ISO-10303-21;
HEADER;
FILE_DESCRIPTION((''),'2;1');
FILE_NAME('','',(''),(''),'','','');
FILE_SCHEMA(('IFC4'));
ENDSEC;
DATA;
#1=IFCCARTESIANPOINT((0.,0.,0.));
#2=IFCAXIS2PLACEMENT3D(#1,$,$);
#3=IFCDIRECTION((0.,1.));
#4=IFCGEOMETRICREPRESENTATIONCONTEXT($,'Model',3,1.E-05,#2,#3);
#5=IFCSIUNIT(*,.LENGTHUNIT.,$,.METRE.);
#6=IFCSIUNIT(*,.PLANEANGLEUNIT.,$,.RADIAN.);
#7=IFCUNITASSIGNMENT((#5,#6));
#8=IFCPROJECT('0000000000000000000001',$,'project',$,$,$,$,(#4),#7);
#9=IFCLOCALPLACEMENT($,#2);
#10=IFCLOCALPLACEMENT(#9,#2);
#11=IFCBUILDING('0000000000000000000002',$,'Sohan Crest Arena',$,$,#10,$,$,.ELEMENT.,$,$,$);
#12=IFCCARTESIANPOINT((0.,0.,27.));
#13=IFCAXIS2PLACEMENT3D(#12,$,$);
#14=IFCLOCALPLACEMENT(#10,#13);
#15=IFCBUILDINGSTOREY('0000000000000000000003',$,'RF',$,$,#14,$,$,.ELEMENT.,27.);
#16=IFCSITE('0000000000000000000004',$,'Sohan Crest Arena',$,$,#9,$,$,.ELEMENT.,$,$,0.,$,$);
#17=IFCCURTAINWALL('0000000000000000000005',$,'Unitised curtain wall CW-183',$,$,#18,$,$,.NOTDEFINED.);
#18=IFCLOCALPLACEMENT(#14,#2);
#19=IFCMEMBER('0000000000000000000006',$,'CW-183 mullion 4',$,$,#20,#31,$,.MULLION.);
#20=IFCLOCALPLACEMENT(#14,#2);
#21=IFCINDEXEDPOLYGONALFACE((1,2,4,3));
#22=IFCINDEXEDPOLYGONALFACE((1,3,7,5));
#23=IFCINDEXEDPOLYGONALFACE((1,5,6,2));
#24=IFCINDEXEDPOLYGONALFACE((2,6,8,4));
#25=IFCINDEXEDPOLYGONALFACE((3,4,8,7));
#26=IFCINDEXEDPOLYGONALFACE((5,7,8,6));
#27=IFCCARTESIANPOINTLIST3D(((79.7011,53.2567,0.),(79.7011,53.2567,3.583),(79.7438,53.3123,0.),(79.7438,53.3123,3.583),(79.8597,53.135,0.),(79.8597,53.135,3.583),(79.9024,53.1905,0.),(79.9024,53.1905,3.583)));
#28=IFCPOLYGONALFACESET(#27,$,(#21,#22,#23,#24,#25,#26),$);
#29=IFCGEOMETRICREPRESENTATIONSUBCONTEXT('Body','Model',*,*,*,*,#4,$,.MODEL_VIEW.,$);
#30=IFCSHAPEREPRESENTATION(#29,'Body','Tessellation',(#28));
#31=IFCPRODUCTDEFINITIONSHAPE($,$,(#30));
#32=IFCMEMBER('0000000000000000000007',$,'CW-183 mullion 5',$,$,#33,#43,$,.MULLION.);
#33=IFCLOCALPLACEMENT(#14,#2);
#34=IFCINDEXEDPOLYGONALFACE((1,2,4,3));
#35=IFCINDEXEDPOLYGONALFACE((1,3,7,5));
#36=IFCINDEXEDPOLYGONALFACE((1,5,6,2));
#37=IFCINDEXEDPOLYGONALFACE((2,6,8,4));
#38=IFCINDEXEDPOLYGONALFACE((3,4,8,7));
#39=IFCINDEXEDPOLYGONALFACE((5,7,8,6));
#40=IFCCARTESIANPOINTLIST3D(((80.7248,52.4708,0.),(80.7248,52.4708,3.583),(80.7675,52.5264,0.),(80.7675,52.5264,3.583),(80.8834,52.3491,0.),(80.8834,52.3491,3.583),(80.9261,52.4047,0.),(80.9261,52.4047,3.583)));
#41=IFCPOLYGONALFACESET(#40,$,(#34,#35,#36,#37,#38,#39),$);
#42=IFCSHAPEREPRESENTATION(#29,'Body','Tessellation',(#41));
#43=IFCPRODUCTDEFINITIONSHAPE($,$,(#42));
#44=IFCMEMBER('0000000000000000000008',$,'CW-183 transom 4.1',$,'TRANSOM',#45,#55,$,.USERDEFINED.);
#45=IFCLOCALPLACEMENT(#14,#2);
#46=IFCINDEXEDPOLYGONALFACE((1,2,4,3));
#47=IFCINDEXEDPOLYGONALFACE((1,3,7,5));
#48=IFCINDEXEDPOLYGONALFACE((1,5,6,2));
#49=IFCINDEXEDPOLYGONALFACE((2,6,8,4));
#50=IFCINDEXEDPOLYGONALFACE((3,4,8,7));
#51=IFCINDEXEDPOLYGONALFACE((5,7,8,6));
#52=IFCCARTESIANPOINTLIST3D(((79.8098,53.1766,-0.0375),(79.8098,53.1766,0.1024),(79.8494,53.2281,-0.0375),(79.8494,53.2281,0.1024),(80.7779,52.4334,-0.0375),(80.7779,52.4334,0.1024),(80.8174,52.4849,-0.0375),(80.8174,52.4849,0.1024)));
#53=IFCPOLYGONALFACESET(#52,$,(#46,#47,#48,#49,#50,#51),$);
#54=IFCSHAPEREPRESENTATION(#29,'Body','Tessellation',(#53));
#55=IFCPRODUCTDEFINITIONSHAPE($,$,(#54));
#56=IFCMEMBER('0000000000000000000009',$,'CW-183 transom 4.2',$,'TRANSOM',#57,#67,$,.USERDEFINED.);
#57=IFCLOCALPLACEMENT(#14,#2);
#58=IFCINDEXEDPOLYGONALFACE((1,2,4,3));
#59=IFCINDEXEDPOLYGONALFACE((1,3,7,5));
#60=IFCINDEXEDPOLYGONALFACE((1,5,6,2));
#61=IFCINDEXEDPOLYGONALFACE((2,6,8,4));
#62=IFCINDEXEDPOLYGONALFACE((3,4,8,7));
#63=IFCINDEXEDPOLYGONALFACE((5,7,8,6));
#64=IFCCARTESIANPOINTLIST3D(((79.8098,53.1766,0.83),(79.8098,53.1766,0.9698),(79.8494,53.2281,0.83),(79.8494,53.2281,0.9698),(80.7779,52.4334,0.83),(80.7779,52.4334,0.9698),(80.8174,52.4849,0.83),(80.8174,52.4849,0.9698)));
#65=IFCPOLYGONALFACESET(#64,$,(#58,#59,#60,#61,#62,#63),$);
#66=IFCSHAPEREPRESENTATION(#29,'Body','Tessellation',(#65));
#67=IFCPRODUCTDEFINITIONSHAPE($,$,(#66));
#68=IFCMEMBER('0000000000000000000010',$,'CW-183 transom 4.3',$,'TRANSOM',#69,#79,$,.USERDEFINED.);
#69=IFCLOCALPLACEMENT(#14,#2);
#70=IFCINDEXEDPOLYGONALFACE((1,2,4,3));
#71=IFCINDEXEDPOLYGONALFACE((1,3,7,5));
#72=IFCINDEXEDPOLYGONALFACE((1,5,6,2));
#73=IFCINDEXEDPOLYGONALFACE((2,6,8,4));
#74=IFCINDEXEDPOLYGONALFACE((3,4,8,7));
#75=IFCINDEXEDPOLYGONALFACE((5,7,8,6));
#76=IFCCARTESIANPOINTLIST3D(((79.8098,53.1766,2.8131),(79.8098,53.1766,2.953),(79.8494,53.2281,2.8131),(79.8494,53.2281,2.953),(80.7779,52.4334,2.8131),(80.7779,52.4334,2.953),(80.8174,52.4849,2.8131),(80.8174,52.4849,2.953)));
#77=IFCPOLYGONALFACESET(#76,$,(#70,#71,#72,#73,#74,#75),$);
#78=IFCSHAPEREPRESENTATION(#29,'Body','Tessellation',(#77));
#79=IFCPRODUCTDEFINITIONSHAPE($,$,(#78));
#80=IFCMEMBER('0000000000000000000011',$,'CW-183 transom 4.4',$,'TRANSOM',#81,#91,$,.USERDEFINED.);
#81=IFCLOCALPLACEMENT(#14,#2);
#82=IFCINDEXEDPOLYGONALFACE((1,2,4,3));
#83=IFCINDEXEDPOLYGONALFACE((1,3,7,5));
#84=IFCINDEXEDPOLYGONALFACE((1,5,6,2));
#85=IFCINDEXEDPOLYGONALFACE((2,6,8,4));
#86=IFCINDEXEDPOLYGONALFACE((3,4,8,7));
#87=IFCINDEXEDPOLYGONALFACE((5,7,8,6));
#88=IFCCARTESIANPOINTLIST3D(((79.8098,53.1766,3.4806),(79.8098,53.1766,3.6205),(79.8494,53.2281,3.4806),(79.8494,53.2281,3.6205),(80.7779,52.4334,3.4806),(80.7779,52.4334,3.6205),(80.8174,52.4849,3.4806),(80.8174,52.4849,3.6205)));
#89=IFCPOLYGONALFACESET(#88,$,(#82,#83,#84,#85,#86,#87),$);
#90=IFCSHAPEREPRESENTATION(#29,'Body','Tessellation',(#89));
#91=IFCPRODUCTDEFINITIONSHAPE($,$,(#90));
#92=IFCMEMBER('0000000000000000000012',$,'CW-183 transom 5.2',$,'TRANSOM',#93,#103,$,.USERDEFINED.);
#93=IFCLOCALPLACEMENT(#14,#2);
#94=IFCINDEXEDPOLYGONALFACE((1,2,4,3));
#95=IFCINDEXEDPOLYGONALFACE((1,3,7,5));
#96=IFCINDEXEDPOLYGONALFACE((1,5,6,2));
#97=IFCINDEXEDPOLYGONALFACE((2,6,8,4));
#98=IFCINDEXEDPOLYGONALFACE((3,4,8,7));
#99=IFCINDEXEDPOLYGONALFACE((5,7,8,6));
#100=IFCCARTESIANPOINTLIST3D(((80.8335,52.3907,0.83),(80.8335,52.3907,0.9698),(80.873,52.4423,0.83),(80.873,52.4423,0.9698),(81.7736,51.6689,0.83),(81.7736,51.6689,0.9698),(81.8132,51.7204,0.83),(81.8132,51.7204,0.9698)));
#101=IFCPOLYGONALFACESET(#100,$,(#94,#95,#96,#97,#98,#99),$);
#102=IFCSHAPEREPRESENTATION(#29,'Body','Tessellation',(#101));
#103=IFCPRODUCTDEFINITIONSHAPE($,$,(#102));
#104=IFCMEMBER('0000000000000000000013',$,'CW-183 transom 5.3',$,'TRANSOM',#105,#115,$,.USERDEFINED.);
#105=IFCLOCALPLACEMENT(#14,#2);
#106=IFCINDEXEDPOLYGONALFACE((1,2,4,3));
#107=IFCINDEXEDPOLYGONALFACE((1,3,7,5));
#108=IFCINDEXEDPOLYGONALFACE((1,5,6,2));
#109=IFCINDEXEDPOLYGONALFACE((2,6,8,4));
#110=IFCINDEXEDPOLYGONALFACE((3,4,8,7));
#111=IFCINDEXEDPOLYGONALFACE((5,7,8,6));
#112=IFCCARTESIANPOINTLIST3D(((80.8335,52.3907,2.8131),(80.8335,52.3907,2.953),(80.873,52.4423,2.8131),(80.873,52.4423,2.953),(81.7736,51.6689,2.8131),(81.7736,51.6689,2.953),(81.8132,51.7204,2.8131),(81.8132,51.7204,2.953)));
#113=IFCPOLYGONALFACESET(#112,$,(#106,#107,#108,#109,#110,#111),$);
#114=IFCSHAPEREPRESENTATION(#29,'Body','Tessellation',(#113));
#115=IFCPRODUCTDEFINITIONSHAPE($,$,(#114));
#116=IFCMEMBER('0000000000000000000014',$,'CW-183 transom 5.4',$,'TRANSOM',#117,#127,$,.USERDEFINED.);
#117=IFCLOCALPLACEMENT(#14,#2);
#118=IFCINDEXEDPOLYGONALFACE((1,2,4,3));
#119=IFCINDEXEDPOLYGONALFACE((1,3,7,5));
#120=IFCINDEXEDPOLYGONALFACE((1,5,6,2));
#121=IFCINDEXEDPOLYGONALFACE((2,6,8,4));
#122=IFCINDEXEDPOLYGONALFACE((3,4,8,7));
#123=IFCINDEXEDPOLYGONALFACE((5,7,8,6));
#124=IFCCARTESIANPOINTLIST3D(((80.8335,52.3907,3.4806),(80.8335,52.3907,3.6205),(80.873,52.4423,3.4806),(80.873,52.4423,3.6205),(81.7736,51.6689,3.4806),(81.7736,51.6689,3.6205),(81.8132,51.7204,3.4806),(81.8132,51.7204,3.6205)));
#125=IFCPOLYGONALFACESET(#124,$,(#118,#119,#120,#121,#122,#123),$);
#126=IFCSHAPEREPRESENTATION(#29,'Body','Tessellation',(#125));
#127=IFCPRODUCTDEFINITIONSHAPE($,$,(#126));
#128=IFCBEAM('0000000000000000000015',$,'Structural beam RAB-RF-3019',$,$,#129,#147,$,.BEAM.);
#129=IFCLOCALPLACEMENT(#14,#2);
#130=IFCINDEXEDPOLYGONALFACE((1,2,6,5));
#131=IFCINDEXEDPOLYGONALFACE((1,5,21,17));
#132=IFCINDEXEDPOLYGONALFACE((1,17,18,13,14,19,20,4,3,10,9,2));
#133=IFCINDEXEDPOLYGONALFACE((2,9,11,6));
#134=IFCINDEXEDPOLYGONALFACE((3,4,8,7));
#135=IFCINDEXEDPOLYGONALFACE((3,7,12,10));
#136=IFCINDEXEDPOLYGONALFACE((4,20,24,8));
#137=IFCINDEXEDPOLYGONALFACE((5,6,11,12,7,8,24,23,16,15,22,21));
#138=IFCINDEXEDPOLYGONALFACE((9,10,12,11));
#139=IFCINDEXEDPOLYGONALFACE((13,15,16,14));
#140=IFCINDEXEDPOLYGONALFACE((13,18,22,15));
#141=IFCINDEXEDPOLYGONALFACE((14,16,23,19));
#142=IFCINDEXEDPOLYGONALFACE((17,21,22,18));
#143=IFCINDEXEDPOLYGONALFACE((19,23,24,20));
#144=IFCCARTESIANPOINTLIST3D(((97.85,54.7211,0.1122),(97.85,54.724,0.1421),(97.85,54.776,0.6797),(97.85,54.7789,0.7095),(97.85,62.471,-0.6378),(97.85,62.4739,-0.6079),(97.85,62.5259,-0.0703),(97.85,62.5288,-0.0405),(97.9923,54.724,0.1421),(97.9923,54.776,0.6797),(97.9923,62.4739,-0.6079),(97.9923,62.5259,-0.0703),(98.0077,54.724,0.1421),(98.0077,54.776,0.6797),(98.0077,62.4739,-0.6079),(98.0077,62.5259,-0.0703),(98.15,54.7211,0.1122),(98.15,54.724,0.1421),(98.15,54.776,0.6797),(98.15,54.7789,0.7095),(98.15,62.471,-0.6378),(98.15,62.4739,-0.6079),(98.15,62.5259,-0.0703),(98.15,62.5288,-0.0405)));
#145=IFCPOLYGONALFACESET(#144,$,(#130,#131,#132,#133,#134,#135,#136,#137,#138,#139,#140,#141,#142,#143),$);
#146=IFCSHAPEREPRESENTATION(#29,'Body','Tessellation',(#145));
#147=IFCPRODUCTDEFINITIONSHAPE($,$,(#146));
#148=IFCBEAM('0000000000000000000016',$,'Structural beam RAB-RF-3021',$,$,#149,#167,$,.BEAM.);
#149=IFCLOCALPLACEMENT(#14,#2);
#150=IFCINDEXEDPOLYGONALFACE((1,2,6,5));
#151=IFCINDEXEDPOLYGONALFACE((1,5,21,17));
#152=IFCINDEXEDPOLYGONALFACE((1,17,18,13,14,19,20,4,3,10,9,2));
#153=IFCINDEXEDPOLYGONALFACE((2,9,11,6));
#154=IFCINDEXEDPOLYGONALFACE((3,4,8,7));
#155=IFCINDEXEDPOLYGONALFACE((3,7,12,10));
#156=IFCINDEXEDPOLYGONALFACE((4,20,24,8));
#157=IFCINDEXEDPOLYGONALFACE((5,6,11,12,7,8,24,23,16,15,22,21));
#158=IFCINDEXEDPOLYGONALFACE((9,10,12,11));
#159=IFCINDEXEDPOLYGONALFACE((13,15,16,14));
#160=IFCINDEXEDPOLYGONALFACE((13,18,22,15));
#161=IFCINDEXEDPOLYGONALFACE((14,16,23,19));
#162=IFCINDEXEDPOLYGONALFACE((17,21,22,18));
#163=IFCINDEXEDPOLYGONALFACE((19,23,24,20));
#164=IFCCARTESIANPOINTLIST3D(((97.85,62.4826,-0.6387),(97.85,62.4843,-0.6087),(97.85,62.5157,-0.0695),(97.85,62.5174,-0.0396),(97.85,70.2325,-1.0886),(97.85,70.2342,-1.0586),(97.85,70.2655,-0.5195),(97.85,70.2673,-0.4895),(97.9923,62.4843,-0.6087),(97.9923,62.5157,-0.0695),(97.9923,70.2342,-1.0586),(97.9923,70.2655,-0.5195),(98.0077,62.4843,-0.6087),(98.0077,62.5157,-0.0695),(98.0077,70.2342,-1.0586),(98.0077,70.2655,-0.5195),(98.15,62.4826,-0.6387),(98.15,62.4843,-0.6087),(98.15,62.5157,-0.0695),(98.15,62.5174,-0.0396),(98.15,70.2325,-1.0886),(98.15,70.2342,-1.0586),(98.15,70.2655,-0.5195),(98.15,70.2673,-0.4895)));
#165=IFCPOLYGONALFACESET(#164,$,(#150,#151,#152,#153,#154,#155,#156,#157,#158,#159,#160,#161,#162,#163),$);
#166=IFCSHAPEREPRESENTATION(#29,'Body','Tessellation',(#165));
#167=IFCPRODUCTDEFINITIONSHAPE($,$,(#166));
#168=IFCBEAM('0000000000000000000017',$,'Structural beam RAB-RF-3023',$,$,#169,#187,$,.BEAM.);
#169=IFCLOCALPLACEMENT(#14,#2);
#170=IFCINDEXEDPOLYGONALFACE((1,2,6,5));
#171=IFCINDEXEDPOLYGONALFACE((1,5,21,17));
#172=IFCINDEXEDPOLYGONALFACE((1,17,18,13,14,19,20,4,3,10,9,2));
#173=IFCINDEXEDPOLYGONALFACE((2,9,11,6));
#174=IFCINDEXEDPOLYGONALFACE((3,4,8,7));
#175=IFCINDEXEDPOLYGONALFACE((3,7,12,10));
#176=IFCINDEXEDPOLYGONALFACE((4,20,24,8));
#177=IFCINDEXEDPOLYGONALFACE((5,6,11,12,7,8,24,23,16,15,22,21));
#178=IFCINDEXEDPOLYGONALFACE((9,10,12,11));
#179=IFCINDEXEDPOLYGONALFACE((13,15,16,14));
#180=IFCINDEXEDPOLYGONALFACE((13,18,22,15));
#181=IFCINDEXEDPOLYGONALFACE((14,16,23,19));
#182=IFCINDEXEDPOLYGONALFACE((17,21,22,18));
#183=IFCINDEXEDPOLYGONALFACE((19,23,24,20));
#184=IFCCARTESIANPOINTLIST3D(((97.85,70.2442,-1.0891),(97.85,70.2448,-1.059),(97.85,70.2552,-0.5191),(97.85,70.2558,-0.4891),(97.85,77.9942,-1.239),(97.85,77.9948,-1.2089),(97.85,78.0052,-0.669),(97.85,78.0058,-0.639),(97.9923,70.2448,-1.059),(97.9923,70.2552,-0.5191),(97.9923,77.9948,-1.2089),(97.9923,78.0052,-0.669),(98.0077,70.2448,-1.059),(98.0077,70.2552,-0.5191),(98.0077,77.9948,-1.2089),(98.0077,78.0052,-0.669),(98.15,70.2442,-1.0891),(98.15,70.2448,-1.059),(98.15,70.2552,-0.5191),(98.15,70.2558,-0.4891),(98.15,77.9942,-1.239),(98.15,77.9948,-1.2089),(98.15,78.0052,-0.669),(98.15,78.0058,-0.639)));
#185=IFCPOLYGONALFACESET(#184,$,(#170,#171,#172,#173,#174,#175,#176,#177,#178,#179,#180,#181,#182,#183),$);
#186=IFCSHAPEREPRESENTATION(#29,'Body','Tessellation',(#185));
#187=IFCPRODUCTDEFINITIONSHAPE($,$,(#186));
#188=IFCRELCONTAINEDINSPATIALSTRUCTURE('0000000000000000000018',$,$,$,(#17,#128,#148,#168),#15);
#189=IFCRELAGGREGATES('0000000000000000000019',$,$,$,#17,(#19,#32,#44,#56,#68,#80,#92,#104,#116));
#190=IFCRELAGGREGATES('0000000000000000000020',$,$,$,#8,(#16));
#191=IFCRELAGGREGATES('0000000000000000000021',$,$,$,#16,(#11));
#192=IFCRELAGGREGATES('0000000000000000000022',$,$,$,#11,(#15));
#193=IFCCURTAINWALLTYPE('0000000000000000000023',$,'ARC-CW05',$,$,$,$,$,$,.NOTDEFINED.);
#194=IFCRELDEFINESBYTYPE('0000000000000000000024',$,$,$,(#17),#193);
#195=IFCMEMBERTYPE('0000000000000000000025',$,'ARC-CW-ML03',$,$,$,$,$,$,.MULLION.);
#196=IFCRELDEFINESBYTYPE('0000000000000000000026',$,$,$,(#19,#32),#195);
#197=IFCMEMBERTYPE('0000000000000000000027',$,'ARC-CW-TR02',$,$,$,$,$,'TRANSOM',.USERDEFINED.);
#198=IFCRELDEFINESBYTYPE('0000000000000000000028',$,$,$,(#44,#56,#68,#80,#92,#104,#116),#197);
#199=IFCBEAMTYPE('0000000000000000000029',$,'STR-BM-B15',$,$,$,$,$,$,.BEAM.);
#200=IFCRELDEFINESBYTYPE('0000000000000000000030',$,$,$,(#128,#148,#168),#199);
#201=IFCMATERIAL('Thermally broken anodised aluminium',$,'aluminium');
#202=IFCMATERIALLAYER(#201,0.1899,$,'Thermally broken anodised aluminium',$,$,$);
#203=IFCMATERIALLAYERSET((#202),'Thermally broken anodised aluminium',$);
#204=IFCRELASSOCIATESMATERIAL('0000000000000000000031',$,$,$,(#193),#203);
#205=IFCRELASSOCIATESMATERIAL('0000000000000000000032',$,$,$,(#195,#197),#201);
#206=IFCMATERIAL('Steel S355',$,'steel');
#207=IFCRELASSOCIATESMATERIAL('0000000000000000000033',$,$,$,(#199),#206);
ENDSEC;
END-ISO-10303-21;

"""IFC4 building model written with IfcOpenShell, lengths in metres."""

from ifc_helpers import new_model, si_unit, direction, frame, origin, origin_2d, place, context, subcontext, project, spatial, rectangle, i_section, extrude, material, layer, layer_set, material_profile, profile_set, type_object, element, aggregate, save


model = new_model("IFC4")

# Units and contexts
model_context = context("Model", 3, precision=1e-05, world=origin(), true_north=direction((0.0, 1.0)))
body_context = subcontext(model_context, "Body", "Model", "MODEL_VIEW")
ifc_project = project(units=[si_unit("LENGTHUNIT", "METRE"), si_unit("PLANEANGLEUNIT", "RADIAN")], contexts=[model_context])

# Site, building, storey
site_placement = place(None, origin())
site = spatial("IfcSite", under=ifc_project, at=site_placement, Name="Sohan Crest Arena", CompositionType="ELEMENT", RefElevation=0.0)
building_placement = place(site_placement, origin())
building = spatial("IfcBuilding", under=site, at=building_placement, Name="Sohan Crest Arena", CompositionType="ELEMENT")
storey_placement = place(building_placement, frame((0.0, 0.0, 27.0)))
storey = spatial("IfcBuildingStorey", under=building, at=storey_placement, Name="RF", CompositionType="ELEMENT", Elevation=27.0)

# Curtain wall, members
ifc_material_1 = material(Name="Thermally broken anodised aluminium", Category="aluminium")
ifc_layer_1 = layer(ifc_material_1, 0.1899, Name="Thermally broken anodised aluminium")
ifc_layer_set_1 = layer_set([ifc_layer_1], Name="Thermally broken anodised aluminium")
curtain_wall_type = type_object("IfcCurtainWallType", Name="ARC-CW05", PredefinedType="NOTDEFINED", material=ifc_layer_set_1)
curtain_wall_placement = place(storey_placement, origin())
curtain_wall = element("IfcCurtainWall", 1, at=curtain_wall_placement, inside=storey, type_object=curtain_wall_type, Name="Unitised curtain wall CW-183", PredefinedType="NOTDEFINED")
ifc_material_profile_1 = material_profile(ifc_material_1, rectangle(XDim=0.0701, YDim=0.2, at=origin_2d()), Name="ALU-MULL 70x200")
ifc_profile_set_1 = profile_set([ifc_material_profile_1], Name="Thermally broken anodised aluminium")
member_type_1 = type_object("IfcMemberType", Name="ARC-CW-ML03", PredefinedType="MULLION", material=ifc_profile_set_1)
member_1_placement = place(storey_placement, frame((79.8018, 53.2236, 0.0), z_axis=(0.0, 0.0, 1.0), x_axis=(0.608939, 0.793217, 0.0)))
member_1 = element("IfcMember", 2, at=member_1_placement, type_object=member_type_1, Name="CW-183 mullion 4", PredefinedType="MULLION", context=body_context, shape_type="SweptSolid", body=[
    extrude(rectangle(XDim=0.0701, YDim=0.2, at=origin_2d()), origin(), (0.0, 0.0, 1.0), 3.583),
])
member_2_placement = place(storey_placement, frame((80.8254, 52.4377, 0.0), z_axis=(0.0, 0.0, 1.0), x_axis=(0.608939, 0.793217, 0.0)))
member_2 = element("IfcMember", 3, at=member_2_placement, type_object=member_type_1, Name="CW-183 mullion 5", PredefinedType="MULLION", context=body_context, shape_type="SweptSolid", body=[
    extrude(rectangle(XDim=0.0701, YDim=0.2, at=origin_2d()), origin(), (0.0, 0.0, 1.0), 3.583),
])
ifc_material_profile_2 = material_profile(ifc_material_1, rectangle(XDim=0.0649, YDim=0.1399, at=origin_2d()), Name="ALU-TRAN 65x140")
ifc_profile_set_2 = profile_set([ifc_material_profile_2], Name="Thermally broken anodised aluminium")
member_type_2 = type_object("IfcMemberType", Name="ARC-CW-TR02", ElementType="TRANSOM", PredefinedType="USERDEFINED", material=ifc_profile_set_2)
member_3_placement = place(storey_placement, frame((79.8296, 53.2024, 0.0325), z_axis=(0.793204, -0.608956, 0.0), x_axis=(0.608956, 0.793204, 0.0)))
member_3 = element("IfcMember", 4, at=member_3_placement, type_object=member_type_2, Name="CW-183 transom 4.1", ObjectType="TRANSOM", PredefinedType="USERDEFINED", context=body_context, shape_type="SweptSolid", body=[
    extrude(rectangle(XDim=0.0649, YDim=0.1399, at=origin_2d()), origin(), (0.0, 0.0, 1.0), 1.2205),
])
member_4_placement = place(storey_placement, frame((79.8296, 53.2024, 0.8999), z_axis=(0.793204, -0.608956, 0.0), x_axis=(0.608956, 0.793204, 0.0)))
member_4 = element("IfcMember", 5, at=member_4_placement, type_object=member_type_2, Name="CW-183 transom 4.2", ObjectType="TRANSOM", PredefinedType="USERDEFINED", context=body_context, shape_type="SweptSolid", body=[
    extrude(rectangle(XDim=0.0649, YDim=0.1399, at=origin_2d()), origin(), (0.0, 0.0, 1.0), 1.2205),
])
member_5_placement = place(storey_placement, frame((79.8296, 53.2024, 2.8831), z_axis=(0.793204, -0.608956, 0.0), x_axis=(0.608956, 0.793204, 0.0)))
member_5 = element("IfcMember", 6, at=member_5_placement, type_object=member_type_2, Name="CW-183 transom 4.3", ObjectType="TRANSOM", PredefinedType="USERDEFINED", context=body_context, shape_type="SweptSolid", body=[
    extrude(rectangle(XDim=0.0649, YDim=0.1399, at=origin_2d()), origin(), (0.0, 0.0, 1.0), 1.2205),
])
member_6_placement = place(storey_placement, frame((79.8296, 53.2024, 3.5505), z_axis=(0.793204, -0.608956, 0.0), x_axis=(0.608956, 0.793204, 0.0)))
member_6 = element("IfcMember", 7, at=member_6_placement, type_object=member_type_2, Name="CW-183 transom 4.4", ObjectType="TRANSOM", PredefinedType="USERDEFINED", context=body_context, shape_type="SweptSolid", body=[
    extrude(rectangle(XDim=0.0649, YDim=0.1399, at=origin_2d()), origin(), (0.0, 0.0, 1.0), 1.2205),
])
member_7_placement = place(storey_placement, frame((80.8533, 52.4165, 0.8999), z_axis=(0.793152, -0.609024, 0.0), x_axis=(0.609024, 0.793152, 0.0)))
member_7 = element("IfcMember", 8, at=member_7_placement, type_object=member_type_2, Name="CW-183 transom 5.2", ObjectType="TRANSOM", PredefinedType="USERDEFINED", context=body_context, shape_type="SweptSolid", body=[
    extrude(rectangle(XDim=0.0649, YDim=0.1399, at=origin_2d()), origin(), (0.0, 0.0, 1.0), 1.1853),
])
member_8_placement = place(storey_placement, frame((80.8533, 52.4165, 2.8831), z_axis=(0.793152, -0.609024, 0.0), x_axis=(0.609024, 0.793152, 0.0)))
member_8 = element("IfcMember", 9, at=member_8_placement, type_object=member_type_2, Name="CW-183 transom 5.3", ObjectType="TRANSOM", PredefinedType="USERDEFINED", context=body_context, shape_type="SweptSolid", body=[
    extrude(rectangle(XDim=0.0649, YDim=0.1399, at=origin_2d()), origin(), (0.0, 0.0, 1.0), 1.1853),
])
member_9_placement = place(storey_placement, frame((80.8533, 52.4165, 3.5505), z_axis=(0.793152, -0.609024, 0.0), x_axis=(0.609024, 0.793152, 0.0)))
member_9 = element("IfcMember", 10, at=member_9_placement, type_object=member_type_2, Name="CW-183 transom 5.4", ObjectType="TRANSOM", PredefinedType="USERDEFINED", context=body_context, shape_type="SweptSolid", body=[
    extrude(rectangle(XDim=0.0649, YDim=0.1399, at=origin_2d()), origin(), (0.0, 0.0, 1.0), 1.1853),
])

# Beams
ifc_material_2 = material(Name="Steel S355", Category="steel")
ifc_material_profile_3 = material_profile(ifc_material_2, i_section(OverallWidth=0.3, OverallDepth=0.6001, WebThickness=0.0154, FlangeThickness=0.03, at=origin_2d()), Name="HEB 600")
ifc_profile_set_3 = profile_set([ifc_material_profile_3], Name="Steel S355")
beam_type_1 = type_object("IfcBeamType", Name="STR-BM-B15", PredefinedType="BEAM", material=ifc_profile_set_3)
beam_1_placement = place(storey_placement, frame((98.0, 54.75, 0.4109), z_axis=(0.0, 0.99535, -0.096324), x_axis=(-1.0, 0.0, 0.0)))
element("IfcBeam", 11, at=beam_1_placement, inside=storey, type_object=beam_type_1, Name="Structural beam RAB-RF-3019", PredefinedType="BEAM", context=body_context, shape_type="SweptSolid", body=[
    extrude(i_section(OverallWidth=0.3, OverallDepth=0.6001, WebThickness=0.0154, FlangeThickness=0.03, at=origin_2d()), origin(), (0.0, 0.0, 1.0), 7.7861),
])
beam_2_placement = place(storey_placement, frame((98.0, 62.5, -0.3391), z_axis=(0.0, 0.998319, -0.057961), x_axis=(-1.0, 0.0, 0.0)))
element("IfcBeam", 12, at=beam_2_placement, inside=storey, type_object=beam_type_1, Name="Structural beam RAB-RF-3021", PredefinedType="BEAM", context=body_context, shape_type="SweptSolid", body=[
    extrude(i_section(OverallWidth=0.3, OverallDepth=0.6001, WebThickness=0.0154, FlangeThickness=0.03, at=origin_2d()), origin(), (0.0, 0.0, 1.0), 7.7629),
])
beam_3_placement = place(storey_placement, frame((98.0, 70.25, -0.7891), z_axis=(0.0, 0.999813, -0.019339), x_axis=(-1.0, 0.0, 0.0)))
element("IfcBeam", 13, at=beam_3_placement, inside=storey, type_object=beam_type_1, Name="Structural beam RAB-RF-3023", PredefinedType="BEAM", context=body_context, shape_type="SweptSolid", body=[
    extrude(i_section(OverallWidth=0.3, OverallDepth=0.6001, WebThickness=0.0154, FlangeThickness=0.03, at=origin_2d()), origin(), (0.0, 0.0, 1.0), 7.7515),
])

aggregate(curtain_wall, [member_1, member_2, member_3, member_4, member_5, member_6, member_7, member_8, member_9])

save(model, "model.ifc")
